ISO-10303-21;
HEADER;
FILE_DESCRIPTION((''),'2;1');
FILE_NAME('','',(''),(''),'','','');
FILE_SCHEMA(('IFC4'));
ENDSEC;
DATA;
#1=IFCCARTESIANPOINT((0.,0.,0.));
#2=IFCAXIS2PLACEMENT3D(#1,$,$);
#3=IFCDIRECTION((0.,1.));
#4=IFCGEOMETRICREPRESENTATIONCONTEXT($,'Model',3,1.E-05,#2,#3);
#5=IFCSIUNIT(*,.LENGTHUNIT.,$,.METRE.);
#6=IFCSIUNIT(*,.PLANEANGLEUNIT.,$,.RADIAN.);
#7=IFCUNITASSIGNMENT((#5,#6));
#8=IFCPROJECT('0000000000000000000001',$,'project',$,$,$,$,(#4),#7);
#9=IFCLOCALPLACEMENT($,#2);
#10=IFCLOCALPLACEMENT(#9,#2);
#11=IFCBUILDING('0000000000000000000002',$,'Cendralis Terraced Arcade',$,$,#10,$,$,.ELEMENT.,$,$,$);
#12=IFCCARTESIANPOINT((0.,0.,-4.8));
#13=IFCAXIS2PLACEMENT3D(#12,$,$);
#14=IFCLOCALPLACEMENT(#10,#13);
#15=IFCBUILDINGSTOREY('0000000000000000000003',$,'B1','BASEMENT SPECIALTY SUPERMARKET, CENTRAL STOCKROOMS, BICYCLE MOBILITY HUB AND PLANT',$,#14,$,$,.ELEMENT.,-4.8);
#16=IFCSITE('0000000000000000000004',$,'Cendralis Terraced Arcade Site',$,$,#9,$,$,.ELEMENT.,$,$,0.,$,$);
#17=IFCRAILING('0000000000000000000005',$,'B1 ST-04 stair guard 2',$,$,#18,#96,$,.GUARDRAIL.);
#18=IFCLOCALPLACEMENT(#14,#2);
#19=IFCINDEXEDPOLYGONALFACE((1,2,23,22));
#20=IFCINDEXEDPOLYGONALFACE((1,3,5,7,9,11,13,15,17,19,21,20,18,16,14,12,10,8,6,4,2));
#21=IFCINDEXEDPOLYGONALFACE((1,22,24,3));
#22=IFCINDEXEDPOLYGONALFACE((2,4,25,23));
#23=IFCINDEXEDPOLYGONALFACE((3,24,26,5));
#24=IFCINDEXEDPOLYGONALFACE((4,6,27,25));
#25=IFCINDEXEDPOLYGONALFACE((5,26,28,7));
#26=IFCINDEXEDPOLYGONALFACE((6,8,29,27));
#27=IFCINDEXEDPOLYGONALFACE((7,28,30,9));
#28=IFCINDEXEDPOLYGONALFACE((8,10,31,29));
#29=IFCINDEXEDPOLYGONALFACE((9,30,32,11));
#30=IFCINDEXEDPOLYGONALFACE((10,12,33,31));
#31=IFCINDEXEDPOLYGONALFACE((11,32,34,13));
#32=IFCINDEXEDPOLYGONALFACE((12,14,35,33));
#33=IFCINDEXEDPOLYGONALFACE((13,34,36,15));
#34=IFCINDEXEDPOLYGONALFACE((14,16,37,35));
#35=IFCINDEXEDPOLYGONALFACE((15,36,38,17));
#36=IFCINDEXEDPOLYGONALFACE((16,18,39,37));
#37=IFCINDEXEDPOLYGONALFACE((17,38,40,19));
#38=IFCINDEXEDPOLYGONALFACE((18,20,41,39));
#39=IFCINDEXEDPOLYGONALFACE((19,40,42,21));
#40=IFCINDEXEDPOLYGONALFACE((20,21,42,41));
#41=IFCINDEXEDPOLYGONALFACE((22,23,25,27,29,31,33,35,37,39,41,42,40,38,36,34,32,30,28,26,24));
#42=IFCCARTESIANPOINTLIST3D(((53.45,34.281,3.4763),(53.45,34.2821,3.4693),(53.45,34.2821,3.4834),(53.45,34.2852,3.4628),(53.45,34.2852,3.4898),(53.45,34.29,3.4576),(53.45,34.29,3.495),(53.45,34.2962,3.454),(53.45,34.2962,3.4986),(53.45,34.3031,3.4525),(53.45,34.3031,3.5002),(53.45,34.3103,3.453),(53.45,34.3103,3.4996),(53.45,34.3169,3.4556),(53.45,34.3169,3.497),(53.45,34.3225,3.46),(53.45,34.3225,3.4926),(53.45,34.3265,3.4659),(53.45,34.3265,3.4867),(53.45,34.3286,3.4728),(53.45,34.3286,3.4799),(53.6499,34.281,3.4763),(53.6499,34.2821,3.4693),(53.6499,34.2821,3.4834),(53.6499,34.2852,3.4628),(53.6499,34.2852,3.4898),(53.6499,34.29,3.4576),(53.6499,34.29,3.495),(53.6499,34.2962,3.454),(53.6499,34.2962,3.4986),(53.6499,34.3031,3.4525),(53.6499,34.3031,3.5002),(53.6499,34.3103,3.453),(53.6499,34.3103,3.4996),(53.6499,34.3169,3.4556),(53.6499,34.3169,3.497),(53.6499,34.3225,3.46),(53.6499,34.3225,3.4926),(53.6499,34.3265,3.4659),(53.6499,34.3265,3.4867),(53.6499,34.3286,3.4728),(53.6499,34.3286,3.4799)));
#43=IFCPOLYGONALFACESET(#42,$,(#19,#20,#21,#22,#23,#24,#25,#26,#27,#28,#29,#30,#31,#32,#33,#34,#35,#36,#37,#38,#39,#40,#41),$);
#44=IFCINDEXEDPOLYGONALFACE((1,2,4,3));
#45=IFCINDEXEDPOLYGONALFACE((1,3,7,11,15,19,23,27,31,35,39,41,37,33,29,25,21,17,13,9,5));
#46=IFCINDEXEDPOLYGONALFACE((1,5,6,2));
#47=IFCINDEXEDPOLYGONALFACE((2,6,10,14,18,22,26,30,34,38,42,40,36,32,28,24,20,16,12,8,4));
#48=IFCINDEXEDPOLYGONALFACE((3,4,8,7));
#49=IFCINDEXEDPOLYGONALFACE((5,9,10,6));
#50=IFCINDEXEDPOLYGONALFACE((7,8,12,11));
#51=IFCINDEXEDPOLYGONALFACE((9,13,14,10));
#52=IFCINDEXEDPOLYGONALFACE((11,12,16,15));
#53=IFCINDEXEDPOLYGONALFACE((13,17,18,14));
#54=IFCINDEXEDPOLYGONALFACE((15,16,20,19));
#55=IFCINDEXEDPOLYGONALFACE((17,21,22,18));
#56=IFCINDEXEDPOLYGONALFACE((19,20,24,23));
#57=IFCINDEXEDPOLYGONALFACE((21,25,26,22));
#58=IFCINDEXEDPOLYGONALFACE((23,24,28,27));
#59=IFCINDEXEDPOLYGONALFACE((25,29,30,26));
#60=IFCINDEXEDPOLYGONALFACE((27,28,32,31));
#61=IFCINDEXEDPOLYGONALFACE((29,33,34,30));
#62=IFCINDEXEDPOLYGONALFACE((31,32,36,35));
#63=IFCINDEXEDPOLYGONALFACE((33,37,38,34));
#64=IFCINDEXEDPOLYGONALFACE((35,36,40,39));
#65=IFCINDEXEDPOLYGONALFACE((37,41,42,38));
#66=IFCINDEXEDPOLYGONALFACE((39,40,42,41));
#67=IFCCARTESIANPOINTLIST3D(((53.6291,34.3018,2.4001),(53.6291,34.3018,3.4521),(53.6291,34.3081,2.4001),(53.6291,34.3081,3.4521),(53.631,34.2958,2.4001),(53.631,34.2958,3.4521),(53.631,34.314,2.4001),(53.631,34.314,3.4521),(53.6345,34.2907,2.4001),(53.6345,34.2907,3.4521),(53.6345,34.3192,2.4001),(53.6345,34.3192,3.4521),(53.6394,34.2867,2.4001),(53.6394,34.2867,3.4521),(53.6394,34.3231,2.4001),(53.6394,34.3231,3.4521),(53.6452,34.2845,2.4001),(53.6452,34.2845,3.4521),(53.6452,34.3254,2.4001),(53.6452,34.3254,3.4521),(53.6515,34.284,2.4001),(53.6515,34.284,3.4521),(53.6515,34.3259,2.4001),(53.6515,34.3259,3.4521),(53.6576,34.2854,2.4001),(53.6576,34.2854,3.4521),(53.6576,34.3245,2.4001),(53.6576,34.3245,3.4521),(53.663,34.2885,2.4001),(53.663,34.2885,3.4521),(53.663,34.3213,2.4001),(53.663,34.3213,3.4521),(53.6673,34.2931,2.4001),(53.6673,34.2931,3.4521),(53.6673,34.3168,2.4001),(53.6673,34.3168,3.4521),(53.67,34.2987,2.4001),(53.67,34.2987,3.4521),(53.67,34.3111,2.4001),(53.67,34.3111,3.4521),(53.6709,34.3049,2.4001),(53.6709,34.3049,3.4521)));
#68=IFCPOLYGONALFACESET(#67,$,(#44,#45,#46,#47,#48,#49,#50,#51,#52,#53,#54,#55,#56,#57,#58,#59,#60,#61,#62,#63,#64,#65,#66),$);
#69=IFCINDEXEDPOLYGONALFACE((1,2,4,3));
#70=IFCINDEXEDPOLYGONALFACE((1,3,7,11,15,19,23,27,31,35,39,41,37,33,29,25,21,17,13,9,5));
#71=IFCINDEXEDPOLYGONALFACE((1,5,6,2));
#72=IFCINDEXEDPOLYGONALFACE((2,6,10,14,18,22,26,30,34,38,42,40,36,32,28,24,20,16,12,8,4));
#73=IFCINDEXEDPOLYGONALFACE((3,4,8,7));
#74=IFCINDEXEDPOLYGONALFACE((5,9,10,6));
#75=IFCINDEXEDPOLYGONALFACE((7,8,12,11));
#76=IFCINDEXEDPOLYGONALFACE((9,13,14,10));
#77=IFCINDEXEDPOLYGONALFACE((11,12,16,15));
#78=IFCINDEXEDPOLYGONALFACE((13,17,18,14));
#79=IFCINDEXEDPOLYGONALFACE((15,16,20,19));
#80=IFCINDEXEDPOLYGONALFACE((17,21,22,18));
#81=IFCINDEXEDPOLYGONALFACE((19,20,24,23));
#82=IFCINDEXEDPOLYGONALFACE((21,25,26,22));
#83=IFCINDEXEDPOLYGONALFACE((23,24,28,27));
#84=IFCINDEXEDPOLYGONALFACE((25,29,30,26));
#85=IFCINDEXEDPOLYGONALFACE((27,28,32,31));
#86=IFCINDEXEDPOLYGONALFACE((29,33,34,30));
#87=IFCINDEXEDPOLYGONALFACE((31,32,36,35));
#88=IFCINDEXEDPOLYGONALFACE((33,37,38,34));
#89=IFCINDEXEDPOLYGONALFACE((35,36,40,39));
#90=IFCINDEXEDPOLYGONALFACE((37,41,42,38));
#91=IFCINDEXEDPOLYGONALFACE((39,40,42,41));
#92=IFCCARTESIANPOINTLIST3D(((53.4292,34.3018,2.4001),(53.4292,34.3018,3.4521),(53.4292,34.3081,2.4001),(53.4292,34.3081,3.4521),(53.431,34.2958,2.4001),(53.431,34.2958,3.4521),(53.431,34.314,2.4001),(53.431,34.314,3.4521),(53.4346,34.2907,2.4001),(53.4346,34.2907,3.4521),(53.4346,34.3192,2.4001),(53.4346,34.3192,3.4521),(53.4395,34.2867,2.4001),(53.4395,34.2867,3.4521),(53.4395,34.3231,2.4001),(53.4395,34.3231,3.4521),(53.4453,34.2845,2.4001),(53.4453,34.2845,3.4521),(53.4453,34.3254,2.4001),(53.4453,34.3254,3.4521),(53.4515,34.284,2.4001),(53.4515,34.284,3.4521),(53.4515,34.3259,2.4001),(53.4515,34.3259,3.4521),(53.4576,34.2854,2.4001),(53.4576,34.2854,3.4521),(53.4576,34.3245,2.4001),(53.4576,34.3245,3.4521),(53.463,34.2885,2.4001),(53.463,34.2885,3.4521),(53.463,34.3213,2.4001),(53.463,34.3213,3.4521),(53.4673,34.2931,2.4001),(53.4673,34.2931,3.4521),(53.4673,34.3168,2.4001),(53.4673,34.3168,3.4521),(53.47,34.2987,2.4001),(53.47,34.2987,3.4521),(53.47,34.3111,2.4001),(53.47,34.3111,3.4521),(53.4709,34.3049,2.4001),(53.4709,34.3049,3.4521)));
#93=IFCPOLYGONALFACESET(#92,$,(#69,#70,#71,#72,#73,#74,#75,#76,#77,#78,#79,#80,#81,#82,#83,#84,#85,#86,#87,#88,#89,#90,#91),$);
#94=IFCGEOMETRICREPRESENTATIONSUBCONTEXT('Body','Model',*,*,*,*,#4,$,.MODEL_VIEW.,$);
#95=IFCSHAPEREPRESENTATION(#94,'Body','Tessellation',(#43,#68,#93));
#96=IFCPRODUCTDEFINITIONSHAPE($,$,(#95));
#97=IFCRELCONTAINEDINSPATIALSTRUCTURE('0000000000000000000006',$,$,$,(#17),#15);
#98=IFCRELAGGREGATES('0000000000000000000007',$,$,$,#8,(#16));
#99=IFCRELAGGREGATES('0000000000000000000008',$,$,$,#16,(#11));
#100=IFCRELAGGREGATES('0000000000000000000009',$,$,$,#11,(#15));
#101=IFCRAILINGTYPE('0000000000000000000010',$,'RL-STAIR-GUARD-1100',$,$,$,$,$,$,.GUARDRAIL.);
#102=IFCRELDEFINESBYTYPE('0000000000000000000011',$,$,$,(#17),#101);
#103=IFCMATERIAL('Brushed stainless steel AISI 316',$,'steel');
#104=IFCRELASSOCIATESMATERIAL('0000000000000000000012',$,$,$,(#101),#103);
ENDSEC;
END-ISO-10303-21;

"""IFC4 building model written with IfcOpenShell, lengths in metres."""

from ifc_helpers import new_model, si_unit, direction, frame, origin, origin_2d, place, context, subcontext, project, spatial, circle, extrude, material, type_object, element, save


model = new_model("IFC4")

# Units and contexts
model_context = context("Model", 3, precision=1e-05, world=origin(), true_north=direction((0.0, 1.0)))
body_context = subcontext(model_context, "Body", "Model", "MODEL_VIEW")
ifc_project = project(units=[si_unit("LENGTHUNIT", "METRE"), si_unit("PLANEANGLEUNIT", "RADIAN")], contexts=[model_context])

# Site, building, storey
site_placement = place(None, origin())
site = spatial("IfcSite", under=ifc_project, at=site_placement, Name="Cendralis Terraced Arcade Site", CompositionType="ELEMENT", RefElevation=0.0)
building_placement = place(site_placement, origin())
building = spatial("IfcBuilding", under=site, at=building_placement, Name="Cendralis Terraced Arcade", CompositionType="ELEMENT")
storey_placement = place(building_placement, frame((0.0, 0.0, -4.8)))
storey = spatial("IfcBuildingStorey", under=building, at=storey_placement, Name="B1", Description="BASEMENT SPECIALTY SUPERMARKET, CENTRAL STOCKROOMS, BICYCLE MOBILITY HUB AND PLANT", CompositionType="ELEMENT", Elevation=-4.8)

# Railing
ifc_material_1 = material(Name="Brushed stainless steel AISI 316", Category="steel")
railing_type = type_object("IfcRailingType", Name="RL-STAIR-GUARD-1100", PredefinedType="GUARDRAIL", material=ifc_material_1)
railing_1_placement = place(storey_placement, frame((53.6499, 34.3049, 2.4001)))
element("IfcRailing", 1, at=railing_1_placement, inside=storey, type_object=railing_type, Name="B1 ST-04 stair guard 2", PredefinedType="GUARDRAIL", context=body_context, shape_type="SweptSolid", body=[
    extrude(circle(Radius=0.0239, at=origin_2d()), frame((0.0, 0.0, 1.0762), z_axis=(-1.0, 0.0, 0.0), x_axis=(0.0, -1.0, 0.0)), (0.0, 0.0, 1.0), 0.2),
    extrude(circle(Radius=0.021, at=origin_2d()), origin(), (0.0, 0.0, 1.0), 1.052),
    extrude(circle(Radius=0.021, at=origin_2d()), frame((-0.2, 0.0, 0.0)), (0.0, 0.0, 1.0), 1.052),
])

save(model, "model.ifc")
